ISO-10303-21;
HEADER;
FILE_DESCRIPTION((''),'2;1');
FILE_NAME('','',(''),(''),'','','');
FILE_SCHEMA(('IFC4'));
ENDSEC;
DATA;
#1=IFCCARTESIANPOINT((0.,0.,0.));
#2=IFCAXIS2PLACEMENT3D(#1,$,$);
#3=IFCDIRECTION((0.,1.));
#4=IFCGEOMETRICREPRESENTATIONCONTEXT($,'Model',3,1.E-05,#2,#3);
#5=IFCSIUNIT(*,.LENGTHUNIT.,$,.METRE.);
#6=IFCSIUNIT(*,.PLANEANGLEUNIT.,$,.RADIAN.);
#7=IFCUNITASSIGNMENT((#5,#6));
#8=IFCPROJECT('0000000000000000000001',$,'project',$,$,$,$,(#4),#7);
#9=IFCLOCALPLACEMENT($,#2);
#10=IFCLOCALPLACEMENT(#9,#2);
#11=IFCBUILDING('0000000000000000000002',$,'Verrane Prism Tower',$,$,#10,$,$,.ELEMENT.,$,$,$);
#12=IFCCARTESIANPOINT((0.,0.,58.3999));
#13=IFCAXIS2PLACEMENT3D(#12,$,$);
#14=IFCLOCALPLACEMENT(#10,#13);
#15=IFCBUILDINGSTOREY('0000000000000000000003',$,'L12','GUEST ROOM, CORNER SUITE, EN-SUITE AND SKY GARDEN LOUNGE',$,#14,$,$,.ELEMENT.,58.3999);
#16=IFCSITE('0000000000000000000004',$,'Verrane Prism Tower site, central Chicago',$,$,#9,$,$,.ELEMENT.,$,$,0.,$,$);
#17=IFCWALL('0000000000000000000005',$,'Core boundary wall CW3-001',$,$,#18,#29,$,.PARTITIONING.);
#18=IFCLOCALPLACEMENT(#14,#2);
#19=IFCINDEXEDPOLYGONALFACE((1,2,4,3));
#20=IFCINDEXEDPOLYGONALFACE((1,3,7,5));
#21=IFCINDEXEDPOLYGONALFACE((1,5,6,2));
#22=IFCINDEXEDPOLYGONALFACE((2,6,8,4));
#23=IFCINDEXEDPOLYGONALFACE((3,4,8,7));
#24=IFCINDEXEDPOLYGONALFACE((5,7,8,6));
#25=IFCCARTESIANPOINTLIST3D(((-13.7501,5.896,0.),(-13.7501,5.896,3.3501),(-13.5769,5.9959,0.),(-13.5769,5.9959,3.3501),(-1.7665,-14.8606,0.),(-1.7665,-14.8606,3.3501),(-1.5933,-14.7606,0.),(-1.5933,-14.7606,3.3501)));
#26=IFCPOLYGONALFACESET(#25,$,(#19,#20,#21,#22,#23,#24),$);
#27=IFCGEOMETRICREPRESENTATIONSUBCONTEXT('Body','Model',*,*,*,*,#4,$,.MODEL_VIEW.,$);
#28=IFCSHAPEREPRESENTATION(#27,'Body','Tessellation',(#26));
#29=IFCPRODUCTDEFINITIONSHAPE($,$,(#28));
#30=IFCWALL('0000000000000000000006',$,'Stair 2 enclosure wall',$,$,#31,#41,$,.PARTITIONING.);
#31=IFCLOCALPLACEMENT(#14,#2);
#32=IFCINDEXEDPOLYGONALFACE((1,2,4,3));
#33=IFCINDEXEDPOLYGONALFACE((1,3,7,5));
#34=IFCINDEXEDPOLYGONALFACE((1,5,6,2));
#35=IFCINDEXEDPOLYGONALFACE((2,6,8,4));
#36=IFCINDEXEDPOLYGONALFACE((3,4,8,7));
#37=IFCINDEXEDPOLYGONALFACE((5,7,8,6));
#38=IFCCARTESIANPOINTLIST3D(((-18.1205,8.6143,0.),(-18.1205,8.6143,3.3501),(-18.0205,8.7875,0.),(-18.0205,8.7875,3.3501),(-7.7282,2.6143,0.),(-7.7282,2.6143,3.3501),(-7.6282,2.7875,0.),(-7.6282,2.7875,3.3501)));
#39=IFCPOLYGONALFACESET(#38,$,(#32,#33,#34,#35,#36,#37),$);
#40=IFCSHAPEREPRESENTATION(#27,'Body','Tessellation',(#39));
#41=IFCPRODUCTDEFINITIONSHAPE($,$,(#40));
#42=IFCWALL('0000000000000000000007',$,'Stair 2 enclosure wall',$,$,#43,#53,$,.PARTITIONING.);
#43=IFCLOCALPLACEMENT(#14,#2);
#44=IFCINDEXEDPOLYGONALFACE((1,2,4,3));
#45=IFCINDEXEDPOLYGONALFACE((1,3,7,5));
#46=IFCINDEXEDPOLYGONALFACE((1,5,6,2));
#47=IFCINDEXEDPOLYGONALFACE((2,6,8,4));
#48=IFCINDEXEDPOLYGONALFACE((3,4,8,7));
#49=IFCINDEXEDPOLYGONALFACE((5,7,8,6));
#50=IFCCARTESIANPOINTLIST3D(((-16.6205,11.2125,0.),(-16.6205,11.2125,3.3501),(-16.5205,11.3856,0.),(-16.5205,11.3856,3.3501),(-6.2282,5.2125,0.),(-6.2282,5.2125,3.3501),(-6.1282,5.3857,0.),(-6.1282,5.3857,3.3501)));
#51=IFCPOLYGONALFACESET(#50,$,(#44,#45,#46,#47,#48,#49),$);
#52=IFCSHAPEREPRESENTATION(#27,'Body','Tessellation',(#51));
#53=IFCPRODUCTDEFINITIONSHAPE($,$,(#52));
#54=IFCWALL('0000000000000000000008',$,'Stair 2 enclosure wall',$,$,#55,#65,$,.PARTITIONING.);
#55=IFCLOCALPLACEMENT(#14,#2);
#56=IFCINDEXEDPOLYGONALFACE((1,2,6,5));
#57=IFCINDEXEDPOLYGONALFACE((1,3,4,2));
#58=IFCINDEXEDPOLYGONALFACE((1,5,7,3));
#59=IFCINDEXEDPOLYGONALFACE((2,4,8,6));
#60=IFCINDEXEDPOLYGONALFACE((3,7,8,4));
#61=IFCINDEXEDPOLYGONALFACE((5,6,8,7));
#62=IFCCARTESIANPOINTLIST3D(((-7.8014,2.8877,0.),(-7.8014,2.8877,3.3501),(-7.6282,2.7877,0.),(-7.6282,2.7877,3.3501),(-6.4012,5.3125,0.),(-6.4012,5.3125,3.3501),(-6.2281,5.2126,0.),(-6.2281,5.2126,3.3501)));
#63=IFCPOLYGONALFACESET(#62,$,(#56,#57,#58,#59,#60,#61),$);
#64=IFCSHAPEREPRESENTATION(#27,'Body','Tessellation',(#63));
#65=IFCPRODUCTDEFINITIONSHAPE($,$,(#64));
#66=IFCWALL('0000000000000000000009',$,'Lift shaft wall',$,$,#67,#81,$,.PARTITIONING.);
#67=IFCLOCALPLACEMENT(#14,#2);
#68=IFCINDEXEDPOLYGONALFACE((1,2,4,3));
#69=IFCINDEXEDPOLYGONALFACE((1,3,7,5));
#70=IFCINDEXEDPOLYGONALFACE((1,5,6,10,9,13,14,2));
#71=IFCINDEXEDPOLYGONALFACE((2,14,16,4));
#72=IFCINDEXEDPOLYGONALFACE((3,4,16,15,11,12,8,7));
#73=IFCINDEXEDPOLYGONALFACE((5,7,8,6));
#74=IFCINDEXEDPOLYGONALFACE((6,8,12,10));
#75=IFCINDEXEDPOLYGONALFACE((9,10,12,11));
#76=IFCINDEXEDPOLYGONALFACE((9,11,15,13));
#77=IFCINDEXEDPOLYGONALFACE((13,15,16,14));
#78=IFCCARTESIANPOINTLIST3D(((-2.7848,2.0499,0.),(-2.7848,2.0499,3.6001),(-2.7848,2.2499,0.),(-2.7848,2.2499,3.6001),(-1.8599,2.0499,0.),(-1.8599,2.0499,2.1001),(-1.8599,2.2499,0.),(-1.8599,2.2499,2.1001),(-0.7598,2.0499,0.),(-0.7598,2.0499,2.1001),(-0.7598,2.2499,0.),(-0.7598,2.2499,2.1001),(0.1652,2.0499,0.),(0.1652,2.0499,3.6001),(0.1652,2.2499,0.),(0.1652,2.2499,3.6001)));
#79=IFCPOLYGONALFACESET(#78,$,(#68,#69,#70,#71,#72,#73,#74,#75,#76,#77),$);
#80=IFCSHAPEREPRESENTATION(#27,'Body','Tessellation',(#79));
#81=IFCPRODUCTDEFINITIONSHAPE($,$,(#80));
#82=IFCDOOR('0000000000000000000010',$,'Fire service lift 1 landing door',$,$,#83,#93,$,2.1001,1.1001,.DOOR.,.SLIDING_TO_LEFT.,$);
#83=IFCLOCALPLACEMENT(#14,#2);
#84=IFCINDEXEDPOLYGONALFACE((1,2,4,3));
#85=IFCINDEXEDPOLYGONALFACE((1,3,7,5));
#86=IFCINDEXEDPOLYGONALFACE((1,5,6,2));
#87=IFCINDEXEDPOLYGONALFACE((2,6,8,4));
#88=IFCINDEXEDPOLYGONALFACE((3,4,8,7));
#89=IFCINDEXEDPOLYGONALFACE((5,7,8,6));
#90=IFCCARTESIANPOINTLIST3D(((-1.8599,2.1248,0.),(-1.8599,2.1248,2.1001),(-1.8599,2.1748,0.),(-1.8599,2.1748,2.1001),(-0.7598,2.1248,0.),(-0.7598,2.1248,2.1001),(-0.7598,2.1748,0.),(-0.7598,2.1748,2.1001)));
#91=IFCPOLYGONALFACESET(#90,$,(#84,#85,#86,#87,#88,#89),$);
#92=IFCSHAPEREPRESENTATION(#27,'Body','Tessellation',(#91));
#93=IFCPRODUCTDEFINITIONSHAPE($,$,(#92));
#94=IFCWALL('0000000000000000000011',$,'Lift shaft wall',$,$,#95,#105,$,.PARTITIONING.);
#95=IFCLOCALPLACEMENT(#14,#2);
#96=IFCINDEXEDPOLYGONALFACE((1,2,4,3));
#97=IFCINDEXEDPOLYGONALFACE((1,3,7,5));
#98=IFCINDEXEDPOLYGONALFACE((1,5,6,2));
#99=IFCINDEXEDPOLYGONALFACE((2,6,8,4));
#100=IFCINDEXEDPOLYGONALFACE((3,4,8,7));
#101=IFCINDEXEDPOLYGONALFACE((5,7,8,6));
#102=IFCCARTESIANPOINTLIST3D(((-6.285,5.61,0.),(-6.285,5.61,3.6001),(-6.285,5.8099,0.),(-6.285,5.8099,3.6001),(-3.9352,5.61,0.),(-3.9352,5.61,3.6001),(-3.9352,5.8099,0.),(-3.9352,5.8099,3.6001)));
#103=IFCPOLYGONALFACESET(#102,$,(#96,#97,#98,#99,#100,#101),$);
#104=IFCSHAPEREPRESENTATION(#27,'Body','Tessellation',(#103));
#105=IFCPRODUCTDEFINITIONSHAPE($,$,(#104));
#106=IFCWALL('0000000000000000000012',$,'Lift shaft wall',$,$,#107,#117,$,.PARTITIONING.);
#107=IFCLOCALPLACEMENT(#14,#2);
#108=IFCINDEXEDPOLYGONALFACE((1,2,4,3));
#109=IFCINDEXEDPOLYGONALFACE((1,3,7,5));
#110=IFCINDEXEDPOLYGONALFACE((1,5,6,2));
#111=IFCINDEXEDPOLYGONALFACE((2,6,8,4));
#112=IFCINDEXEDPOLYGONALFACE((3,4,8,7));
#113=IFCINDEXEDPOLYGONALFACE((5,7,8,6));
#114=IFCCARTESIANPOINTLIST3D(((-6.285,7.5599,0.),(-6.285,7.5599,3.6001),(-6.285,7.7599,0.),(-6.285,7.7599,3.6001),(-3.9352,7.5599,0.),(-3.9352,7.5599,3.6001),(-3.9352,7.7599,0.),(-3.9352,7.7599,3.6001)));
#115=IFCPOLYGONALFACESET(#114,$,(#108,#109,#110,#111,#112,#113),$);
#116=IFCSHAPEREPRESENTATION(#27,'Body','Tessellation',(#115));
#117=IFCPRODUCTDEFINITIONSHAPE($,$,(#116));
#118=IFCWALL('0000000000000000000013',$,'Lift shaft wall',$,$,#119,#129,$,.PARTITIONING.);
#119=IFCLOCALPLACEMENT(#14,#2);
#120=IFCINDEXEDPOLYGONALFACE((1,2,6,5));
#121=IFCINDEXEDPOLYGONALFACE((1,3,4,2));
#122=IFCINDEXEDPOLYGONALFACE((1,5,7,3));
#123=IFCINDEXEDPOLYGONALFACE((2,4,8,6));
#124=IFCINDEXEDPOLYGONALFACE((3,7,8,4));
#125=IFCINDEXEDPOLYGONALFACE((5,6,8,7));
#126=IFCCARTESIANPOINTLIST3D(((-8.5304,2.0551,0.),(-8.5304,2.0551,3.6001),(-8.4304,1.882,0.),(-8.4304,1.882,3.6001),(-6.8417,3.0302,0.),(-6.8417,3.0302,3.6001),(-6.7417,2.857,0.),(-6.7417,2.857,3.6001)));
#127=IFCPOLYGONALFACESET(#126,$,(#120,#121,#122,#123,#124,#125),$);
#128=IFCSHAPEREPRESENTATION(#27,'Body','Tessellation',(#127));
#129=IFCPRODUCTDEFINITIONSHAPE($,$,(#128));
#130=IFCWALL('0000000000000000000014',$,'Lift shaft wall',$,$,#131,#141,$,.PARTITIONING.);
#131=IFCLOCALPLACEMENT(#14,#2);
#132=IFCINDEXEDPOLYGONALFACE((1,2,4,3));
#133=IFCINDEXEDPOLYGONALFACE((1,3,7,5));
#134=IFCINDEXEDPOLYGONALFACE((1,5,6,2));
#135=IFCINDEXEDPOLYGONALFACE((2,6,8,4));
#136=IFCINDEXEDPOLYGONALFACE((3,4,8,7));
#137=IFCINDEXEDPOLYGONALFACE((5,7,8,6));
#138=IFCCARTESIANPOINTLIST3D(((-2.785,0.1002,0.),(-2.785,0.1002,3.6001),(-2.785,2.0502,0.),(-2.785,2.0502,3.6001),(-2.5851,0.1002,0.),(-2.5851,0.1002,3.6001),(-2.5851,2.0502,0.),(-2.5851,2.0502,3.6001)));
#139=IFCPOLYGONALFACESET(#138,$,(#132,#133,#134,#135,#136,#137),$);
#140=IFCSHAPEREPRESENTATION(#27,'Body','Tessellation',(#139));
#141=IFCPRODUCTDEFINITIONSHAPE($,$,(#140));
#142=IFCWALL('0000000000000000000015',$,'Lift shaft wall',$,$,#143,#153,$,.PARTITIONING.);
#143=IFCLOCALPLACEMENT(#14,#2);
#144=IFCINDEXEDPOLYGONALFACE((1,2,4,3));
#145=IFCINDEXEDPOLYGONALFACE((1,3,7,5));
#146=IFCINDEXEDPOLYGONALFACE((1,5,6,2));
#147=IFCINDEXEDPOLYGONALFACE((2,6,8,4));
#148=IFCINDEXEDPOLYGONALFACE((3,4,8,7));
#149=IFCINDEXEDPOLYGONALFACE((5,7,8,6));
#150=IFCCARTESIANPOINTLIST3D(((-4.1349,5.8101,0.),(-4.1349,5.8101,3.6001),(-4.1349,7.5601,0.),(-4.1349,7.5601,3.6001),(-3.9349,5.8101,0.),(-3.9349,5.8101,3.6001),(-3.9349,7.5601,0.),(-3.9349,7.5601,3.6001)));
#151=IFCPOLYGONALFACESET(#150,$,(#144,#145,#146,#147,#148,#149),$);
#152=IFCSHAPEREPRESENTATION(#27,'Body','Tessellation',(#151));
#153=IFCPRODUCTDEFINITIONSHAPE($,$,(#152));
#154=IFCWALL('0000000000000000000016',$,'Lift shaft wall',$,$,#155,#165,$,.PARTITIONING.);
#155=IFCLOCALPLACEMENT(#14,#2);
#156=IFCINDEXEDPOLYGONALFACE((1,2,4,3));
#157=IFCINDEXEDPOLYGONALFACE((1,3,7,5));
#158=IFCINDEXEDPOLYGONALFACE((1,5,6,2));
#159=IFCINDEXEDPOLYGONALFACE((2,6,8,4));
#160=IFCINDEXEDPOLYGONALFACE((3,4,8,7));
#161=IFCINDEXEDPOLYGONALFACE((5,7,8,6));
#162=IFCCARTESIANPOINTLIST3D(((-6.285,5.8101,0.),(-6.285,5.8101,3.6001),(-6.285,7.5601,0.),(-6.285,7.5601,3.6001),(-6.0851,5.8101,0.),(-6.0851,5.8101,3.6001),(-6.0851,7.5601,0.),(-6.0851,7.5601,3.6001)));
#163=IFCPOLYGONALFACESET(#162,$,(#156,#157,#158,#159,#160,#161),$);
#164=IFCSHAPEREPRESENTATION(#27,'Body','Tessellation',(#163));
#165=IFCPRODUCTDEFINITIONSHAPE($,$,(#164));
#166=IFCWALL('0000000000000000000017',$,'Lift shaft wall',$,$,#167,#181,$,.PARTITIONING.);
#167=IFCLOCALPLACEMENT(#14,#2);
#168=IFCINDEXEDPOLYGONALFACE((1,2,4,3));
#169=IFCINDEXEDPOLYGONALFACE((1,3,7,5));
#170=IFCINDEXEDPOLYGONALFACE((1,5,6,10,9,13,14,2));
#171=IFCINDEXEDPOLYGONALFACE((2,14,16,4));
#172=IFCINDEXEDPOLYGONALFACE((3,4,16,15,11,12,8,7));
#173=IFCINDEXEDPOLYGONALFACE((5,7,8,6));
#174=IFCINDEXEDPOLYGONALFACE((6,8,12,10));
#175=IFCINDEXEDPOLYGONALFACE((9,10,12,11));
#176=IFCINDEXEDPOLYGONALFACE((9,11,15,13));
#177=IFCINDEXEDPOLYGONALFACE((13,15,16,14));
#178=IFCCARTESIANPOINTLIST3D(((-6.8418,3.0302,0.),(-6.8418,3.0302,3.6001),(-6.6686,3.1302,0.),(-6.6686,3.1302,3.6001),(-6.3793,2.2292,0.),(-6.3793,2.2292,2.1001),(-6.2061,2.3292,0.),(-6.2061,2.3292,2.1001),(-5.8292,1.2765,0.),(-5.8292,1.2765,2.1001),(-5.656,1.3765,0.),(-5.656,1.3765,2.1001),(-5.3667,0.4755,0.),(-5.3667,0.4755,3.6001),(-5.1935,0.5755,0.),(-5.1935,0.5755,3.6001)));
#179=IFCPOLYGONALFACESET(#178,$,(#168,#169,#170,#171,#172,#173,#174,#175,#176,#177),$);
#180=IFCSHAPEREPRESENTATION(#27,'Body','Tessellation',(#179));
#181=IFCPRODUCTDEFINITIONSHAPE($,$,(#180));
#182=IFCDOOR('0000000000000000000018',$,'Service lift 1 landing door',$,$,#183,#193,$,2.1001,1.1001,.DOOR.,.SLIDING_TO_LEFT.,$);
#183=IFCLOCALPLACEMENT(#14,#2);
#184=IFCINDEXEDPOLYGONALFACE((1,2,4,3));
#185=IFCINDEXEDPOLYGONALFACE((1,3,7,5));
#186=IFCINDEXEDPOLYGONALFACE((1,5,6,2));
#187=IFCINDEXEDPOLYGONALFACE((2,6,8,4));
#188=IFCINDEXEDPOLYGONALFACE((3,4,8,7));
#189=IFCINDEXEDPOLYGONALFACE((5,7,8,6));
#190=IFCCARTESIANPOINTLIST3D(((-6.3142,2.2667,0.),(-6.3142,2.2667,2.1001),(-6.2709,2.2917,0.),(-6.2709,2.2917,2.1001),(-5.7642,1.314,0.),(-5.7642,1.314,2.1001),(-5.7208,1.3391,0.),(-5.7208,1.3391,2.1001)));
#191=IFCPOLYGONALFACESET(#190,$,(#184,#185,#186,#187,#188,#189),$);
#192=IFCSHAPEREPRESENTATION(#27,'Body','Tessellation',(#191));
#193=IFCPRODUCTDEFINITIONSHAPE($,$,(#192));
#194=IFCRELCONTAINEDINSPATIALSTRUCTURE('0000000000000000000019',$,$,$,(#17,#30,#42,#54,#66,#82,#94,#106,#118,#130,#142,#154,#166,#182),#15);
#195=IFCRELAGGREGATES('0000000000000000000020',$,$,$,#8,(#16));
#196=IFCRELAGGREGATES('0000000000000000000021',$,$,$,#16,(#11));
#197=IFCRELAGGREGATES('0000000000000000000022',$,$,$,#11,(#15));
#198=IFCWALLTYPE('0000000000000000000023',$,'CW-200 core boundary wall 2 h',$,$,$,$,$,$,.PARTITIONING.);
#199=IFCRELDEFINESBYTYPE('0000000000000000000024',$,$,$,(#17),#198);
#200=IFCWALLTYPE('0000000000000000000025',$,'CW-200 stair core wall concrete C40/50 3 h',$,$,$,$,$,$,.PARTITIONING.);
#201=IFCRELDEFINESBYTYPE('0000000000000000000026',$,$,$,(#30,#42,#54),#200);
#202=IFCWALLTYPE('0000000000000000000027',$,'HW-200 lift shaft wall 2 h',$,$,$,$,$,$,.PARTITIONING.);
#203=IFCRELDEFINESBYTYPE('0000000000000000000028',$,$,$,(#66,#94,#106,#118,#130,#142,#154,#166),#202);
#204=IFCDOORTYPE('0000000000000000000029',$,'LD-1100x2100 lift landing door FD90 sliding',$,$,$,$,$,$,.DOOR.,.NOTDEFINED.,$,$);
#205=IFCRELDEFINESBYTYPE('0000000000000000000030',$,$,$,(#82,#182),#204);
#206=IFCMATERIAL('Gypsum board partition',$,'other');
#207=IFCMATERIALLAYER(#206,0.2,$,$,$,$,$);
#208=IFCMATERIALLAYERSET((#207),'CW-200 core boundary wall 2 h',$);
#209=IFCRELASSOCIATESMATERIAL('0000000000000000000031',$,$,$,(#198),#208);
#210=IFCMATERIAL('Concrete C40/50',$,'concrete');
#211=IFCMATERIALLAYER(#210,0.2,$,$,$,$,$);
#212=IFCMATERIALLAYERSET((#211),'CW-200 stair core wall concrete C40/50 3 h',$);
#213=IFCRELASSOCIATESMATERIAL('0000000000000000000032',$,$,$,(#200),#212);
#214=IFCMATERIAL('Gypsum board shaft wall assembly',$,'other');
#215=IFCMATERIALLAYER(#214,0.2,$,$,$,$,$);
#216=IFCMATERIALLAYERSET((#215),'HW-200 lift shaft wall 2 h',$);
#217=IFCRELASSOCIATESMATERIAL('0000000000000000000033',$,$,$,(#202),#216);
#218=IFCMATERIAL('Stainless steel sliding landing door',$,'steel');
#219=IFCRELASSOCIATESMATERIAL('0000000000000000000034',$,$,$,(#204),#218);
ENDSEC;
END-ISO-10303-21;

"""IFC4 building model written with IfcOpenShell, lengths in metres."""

from ifc_helpers import new_model, si_unit, direction, frame, frame_2d, origin, place, context, subcontext, project, spatial, rectangle, extrude, material, layer, layer_set, type_object, element, fill, save


model = new_model("IFC4")

# Units and contexts
model_context = context("Model", 3, precision=1e-05, world=origin(), true_north=direction((0.0, 1.0)))
body_context = subcontext(model_context, "Body", "Model", "MODEL_VIEW")
ifc_project = project(units=[si_unit("LENGTHUNIT", "METRE"), si_unit("PLANEANGLEUNIT", "RADIAN")], contexts=[model_context])

# Site, building, storey
site_placement = place(None, origin())
site = spatial("IfcSite", under=ifc_project, at=site_placement, Name="Verrane Prism Tower site, central Chicago", CompositionType="ELEMENT", RefElevation=0.0)
building_placement = place(site_placement, origin())
building = spatial("IfcBuilding", under=site, at=building_placement, Name="Verrane Prism Tower", CompositionType="ELEMENT")
storey_placement = place(building_placement, frame((0.0, 0.0, 58.3999)))
storey = spatial("IfcBuildingStorey", under=building, at=storey_placement, Name="L12", Description="GUEST ROOM, CORNER SUITE, EN-SUITE AND SKY GARDEN LOUNGE", CompositionType="ELEMENT", Elevation=58.3999)

# Walls
ifc_material_1 = material(Name="Gypsum board partition", Category="other")
ifc_layer_1 = layer(ifc_material_1, 0.2)
ifc_layer_set_1 = layer_set([ifc_layer_1], Name="CW-200 core boundary wall 2 h")
wall_type_1 = type_object("IfcWallType", Name="CW-200 core boundary wall 2 h", PredefinedType="PARTITIONING", material=ifc_layer_set_1)
wall_1_placement = place(storey_placement, frame((-13.6636, 5.946, 0.0), z_axis=(0.0, 0.0, 1.0), x_axis=(0.499994, -0.866029, 0.0)))
element("IfcWall", 1, at=wall_1_placement, inside=storey, type_object=wall_type_1, Name="Core boundary wall CW3-001", PredefinedType="PARTITIONING", context=body_context, shape_type="SweptSolid", body=[
    extrude(rectangle(XDim=23.9675, YDim=0.2, at=frame_2d((11.9839, 0.0))), origin(), (0.0, 0.0, 1.0), 3.3501),
])
ifc_material_2 = material(Name="Concrete C40/50", Category="concrete")
ifc_layer_2 = layer(ifc_material_2, 0.2)
ifc_layer_set_2 = layer_set([ifc_layer_2], Name="CW-200 stair core wall concrete C40/50 3 h")
wall_type_2 = type_object("IfcWallType", Name="CW-200 stair core wall concrete C40/50 3 h", PredefinedType="PARTITIONING", material=ifc_layer_set_2)
for number, where, z_axis, x_axis, name in (
    (2, (-7.6782, 2.7009, 0.0), (0.0, 0.0, 1.0), (-0.866026, 0.499999, 0.0), "Stair 2 enclosure wall"),
    (3, (-6.1782, 5.2991, 0.0), (0.0, 0.0, 1.0), (-0.866026, 0.499999, 0.0), "Stair 2 enclosure wall"),
):
    element("IfcWall", number, at=place(storey_placement, frame(where, z_axis=z_axis, x_axis=x_axis)), inside=storey, type_object=wall_type_2, Name=name, PredefinedType="PARTITIONING", context=body_context, shape_type="SweptSolid", body=[
        extrude(rectangle(XDim=12.0, YDim=0.2, at=frame_2d((6.0, 0.0))), origin(), (0.0, 0.0, 1.0), 3.3501),
    ])
wall_2_placement = place(storey_placement, frame((-6.3147, 5.2625, 0.0), z_axis=(0.0, 0.0, 1.0), x_axis=(-0.50005, -0.865997, 0.0)))
element("IfcWall", 4, at=wall_2_placement, inside=storey, type_object=wall_type_2, Name="Stair 2 enclosure wall", PredefinedType="PARTITIONING", context=body_context, shape_type="SweptSolid", body=[
    extrude(rectangle(XDim=2.8, YDim=0.2, at=frame_2d((1.3999, 0.0))), origin(), (0.0, 0.0, 1.0), 3.3501),
])

# Wall, opening, door
ifc_material_3 = material(Name="Gypsum board shaft wall assembly", Category="other")
ifc_layer_3 = layer(ifc_material_3, 0.2)
ifc_layer_set_3 = layer_set([ifc_layer_3], Name="HW-200 lift shaft wall 2 h")
wall_type_3 = type_object("IfcWallType", Name="HW-200 lift shaft wall 2 h", PredefinedType="PARTITIONING", material=ifc_layer_set_3)
wall_3_placement = place(storey_placement, frame((-2.7849, 2.1499, 0.0), z_axis=(0.0, 0.0, 1.0), x_axis=(1.0, 0.0, 0.0)))
wall_3 = element("IfcWall", 5, at=wall_3_placement, inside=storey, type_object=wall_type_3, Name="Lift shaft wall", PredefinedType="PARTITIONING", context=body_context, shape_type="SweptSolid", body=[
    extrude(rectangle(XDim=2.95, YDim=0.2, at=frame_2d((1.4751, 0.0))), origin(), (0.0, 0.0, 1.0), 3.6001),
])
opening_1_placement = place(wall_3_placement, frame((0.925, 0.0, 0.0)))
opening_1 = element("IfcOpeningElement", 6, at=opening_1_placement, cuts=wall_3, PredefinedType="OPENING", context=body_context, shape_type="SweptSolid", body=[
    extrude(rectangle(XDim=1.1001, YDim=2.1001, at=frame_2d((0.55, 1.05))), frame((0.0, 0.1099, 0.0), z_axis=(0.0, -1.0, 0.0), x_axis=(1.0, 0.0, 0.0)), (0.0, 0.0, 1.0), 0.22),
])
ifc_material_4 = material(Name="Stainless steel sliding landing door", Category="steel")
door_type_1 = type_object("IfcDoorType", Name="LD-1100x2100 lift landing door FD90 sliding", OperationType="NOTDEFINED", PredefinedType="DOOR", material=ifc_material_4)
door_1_placement = place(opening_1_placement, origin())
door_1 = element("IfcDoor", 7, at=door_1_placement, inside=storey, type_object=door_type_1, Name="Fire service lift 1 landing door", OperationType="SLIDING_TO_LEFT", OverallHeight=2.1001, OverallWidth=1.1001, PredefinedType="DOOR", context=body_context, shape_type="SweptSolid", body=[
    extrude(rectangle(XDim=1.1001, YDim=2.1001, at=frame_2d((0.55, 1.05))), frame((0.0, 0.0249, 0.0), z_axis=(0.0, -1.0, 0.0), x_axis=(1.0, 0.0, 0.0)), (0.0, 0.0, 1.0), 0.05),
])
fill(opening_1, door_1)

# Walls
for number, where, z_axis, x_axis, name in (
    (8, (-6.2849, 5.71, 0.0), (0.0, 0.0, 1.0), (1.0, 0.0, 0.0), "Lift shaft wall"),
    (9, (-6.2849, 7.6599, 0.0), (0.0, 0.0, 1.0), (1.0, 0.0, 0.0), "Lift shaft wall"),
):
    element("IfcWall", number, at=place(storey_placement, frame(where, z_axis=z_axis, x_axis=x_axis)), inside=storey, type_object=wall_type_3, Name=name, PredefinedType="PARTITIONING", context=body_context, shape_type="SweptSolid", body=[
        extrude(rectangle(XDim=2.3499, YDim=0.2, at=frame_2d((1.1748, 0.0))), origin(), (0.0, 0.0, 1.0), 3.6001),
    ])
for number, where, z_axis, x_axis, name in (
    (10, (-8.4805, 1.9685, 0.0), (0.0, 0.0, 1.0), (0.866, 0.500044, 0.0), "Lift shaft wall"),
    (11, (-2.6851, 0.1001, 0.0), (0.0, 0.0, 1.0), (0.0, 1.0, 0.0), "Lift shaft wall"),
):
    element("IfcWall", number, at=place(storey_placement, frame(where, z_axis=z_axis, x_axis=x_axis)), inside=storey, type_object=wall_type_3, Name=name, PredefinedType="PARTITIONING", context=body_context, shape_type="SweptSolid", body=[
        extrude(rectangle(XDim=1.95, YDim=0.2, at=frame_2d((0.9751, 0.0))), origin(), (0.0, 0.0, 1.0), 3.6001),
    ])
for number, where, z_axis, x_axis, name in (
    (12, (-4.0349, 5.8101, 0.0), (0.0, 0.0, 1.0), (0.0, 1.0, 0.0), "Lift shaft wall"),
    (13, (-6.1851, 5.8101, 0.0), (0.0, 0.0, 1.0), (0.0, 1.0, 0.0), "Lift shaft wall"),
):
    element("IfcWall", number, at=place(storey_placement, frame(where, z_axis=z_axis, x_axis=x_axis)), inside=storey, type_object=wall_type_3, Name=name, PredefinedType="PARTITIONING", context=body_context, shape_type="SweptSolid", body=[
        extrude(rectangle(XDim=1.75, YDim=0.2, at=frame_2d((0.875, 0.0))), origin(), (0.0, 0.0, 1.0), 3.6001),
    ])

# Wall, opening, door
wall_4_placement = place(storey_placement, frame((-5.28, 0.5254, 0.0), z_axis=(0.0, 0.0, 1.0), x_axis=(-0.500038, 0.866004, 0.0)))
wall_4 = element("IfcWall", 14, at=wall_4_placement, inside=storey, type_object=wall_type_3, Name="Lift shaft wall", PredefinedType="PARTITIONING", context=body_context, shape_type="SweptSolid", body=[
    extrude(rectangle(XDim=2.95, YDim=0.2, at=frame_2d((1.4751, 0.0))), origin(), (0.0, 0.0, 1.0), 3.6001),
])
opening_2_placement = place(wall_4_placement, frame((0.925, 0.0, 0.0)))
opening_2 = element("IfcOpeningElement", 15, at=opening_2_placement, cuts=wall_4, PredefinedType="OPENING", context=body_context, shape_type="SweptSolid", body=[
    extrude(rectangle(XDim=1.1001, YDim=2.1001, at=frame_2d((0.55, 1.05))), frame((0.0, 0.1099, 0.0), z_axis=(0.0, -1.0, 0.0), x_axis=(1.0, 0.0, 0.0)), (0.0, 0.0, 1.0), 0.22),
])
door_2_placement = place(opening_2_placement, origin())
door_2 = element("IfcDoor", 16, at=door_2_placement, inside=storey, type_object=door_type_1, Name="Service lift 1 landing door", OperationType="SLIDING_TO_LEFT", OverallHeight=2.1001, OverallWidth=1.1001, PredefinedType="DOOR", context=body_context, shape_type="SweptSolid", body=[
    extrude(rectangle(XDim=1.1001, YDim=2.1001, at=frame_2d((0.55, 1.05))), frame((0.0, 0.0249, 0.0), z_axis=(0.0, -1.0, 0.0), x_axis=(1.0, 0.0, 0.0)), (0.0, 0.0, 1.0), 0.05),
])
fill(opening_2, door_2)

save(model, "model.ifc")
